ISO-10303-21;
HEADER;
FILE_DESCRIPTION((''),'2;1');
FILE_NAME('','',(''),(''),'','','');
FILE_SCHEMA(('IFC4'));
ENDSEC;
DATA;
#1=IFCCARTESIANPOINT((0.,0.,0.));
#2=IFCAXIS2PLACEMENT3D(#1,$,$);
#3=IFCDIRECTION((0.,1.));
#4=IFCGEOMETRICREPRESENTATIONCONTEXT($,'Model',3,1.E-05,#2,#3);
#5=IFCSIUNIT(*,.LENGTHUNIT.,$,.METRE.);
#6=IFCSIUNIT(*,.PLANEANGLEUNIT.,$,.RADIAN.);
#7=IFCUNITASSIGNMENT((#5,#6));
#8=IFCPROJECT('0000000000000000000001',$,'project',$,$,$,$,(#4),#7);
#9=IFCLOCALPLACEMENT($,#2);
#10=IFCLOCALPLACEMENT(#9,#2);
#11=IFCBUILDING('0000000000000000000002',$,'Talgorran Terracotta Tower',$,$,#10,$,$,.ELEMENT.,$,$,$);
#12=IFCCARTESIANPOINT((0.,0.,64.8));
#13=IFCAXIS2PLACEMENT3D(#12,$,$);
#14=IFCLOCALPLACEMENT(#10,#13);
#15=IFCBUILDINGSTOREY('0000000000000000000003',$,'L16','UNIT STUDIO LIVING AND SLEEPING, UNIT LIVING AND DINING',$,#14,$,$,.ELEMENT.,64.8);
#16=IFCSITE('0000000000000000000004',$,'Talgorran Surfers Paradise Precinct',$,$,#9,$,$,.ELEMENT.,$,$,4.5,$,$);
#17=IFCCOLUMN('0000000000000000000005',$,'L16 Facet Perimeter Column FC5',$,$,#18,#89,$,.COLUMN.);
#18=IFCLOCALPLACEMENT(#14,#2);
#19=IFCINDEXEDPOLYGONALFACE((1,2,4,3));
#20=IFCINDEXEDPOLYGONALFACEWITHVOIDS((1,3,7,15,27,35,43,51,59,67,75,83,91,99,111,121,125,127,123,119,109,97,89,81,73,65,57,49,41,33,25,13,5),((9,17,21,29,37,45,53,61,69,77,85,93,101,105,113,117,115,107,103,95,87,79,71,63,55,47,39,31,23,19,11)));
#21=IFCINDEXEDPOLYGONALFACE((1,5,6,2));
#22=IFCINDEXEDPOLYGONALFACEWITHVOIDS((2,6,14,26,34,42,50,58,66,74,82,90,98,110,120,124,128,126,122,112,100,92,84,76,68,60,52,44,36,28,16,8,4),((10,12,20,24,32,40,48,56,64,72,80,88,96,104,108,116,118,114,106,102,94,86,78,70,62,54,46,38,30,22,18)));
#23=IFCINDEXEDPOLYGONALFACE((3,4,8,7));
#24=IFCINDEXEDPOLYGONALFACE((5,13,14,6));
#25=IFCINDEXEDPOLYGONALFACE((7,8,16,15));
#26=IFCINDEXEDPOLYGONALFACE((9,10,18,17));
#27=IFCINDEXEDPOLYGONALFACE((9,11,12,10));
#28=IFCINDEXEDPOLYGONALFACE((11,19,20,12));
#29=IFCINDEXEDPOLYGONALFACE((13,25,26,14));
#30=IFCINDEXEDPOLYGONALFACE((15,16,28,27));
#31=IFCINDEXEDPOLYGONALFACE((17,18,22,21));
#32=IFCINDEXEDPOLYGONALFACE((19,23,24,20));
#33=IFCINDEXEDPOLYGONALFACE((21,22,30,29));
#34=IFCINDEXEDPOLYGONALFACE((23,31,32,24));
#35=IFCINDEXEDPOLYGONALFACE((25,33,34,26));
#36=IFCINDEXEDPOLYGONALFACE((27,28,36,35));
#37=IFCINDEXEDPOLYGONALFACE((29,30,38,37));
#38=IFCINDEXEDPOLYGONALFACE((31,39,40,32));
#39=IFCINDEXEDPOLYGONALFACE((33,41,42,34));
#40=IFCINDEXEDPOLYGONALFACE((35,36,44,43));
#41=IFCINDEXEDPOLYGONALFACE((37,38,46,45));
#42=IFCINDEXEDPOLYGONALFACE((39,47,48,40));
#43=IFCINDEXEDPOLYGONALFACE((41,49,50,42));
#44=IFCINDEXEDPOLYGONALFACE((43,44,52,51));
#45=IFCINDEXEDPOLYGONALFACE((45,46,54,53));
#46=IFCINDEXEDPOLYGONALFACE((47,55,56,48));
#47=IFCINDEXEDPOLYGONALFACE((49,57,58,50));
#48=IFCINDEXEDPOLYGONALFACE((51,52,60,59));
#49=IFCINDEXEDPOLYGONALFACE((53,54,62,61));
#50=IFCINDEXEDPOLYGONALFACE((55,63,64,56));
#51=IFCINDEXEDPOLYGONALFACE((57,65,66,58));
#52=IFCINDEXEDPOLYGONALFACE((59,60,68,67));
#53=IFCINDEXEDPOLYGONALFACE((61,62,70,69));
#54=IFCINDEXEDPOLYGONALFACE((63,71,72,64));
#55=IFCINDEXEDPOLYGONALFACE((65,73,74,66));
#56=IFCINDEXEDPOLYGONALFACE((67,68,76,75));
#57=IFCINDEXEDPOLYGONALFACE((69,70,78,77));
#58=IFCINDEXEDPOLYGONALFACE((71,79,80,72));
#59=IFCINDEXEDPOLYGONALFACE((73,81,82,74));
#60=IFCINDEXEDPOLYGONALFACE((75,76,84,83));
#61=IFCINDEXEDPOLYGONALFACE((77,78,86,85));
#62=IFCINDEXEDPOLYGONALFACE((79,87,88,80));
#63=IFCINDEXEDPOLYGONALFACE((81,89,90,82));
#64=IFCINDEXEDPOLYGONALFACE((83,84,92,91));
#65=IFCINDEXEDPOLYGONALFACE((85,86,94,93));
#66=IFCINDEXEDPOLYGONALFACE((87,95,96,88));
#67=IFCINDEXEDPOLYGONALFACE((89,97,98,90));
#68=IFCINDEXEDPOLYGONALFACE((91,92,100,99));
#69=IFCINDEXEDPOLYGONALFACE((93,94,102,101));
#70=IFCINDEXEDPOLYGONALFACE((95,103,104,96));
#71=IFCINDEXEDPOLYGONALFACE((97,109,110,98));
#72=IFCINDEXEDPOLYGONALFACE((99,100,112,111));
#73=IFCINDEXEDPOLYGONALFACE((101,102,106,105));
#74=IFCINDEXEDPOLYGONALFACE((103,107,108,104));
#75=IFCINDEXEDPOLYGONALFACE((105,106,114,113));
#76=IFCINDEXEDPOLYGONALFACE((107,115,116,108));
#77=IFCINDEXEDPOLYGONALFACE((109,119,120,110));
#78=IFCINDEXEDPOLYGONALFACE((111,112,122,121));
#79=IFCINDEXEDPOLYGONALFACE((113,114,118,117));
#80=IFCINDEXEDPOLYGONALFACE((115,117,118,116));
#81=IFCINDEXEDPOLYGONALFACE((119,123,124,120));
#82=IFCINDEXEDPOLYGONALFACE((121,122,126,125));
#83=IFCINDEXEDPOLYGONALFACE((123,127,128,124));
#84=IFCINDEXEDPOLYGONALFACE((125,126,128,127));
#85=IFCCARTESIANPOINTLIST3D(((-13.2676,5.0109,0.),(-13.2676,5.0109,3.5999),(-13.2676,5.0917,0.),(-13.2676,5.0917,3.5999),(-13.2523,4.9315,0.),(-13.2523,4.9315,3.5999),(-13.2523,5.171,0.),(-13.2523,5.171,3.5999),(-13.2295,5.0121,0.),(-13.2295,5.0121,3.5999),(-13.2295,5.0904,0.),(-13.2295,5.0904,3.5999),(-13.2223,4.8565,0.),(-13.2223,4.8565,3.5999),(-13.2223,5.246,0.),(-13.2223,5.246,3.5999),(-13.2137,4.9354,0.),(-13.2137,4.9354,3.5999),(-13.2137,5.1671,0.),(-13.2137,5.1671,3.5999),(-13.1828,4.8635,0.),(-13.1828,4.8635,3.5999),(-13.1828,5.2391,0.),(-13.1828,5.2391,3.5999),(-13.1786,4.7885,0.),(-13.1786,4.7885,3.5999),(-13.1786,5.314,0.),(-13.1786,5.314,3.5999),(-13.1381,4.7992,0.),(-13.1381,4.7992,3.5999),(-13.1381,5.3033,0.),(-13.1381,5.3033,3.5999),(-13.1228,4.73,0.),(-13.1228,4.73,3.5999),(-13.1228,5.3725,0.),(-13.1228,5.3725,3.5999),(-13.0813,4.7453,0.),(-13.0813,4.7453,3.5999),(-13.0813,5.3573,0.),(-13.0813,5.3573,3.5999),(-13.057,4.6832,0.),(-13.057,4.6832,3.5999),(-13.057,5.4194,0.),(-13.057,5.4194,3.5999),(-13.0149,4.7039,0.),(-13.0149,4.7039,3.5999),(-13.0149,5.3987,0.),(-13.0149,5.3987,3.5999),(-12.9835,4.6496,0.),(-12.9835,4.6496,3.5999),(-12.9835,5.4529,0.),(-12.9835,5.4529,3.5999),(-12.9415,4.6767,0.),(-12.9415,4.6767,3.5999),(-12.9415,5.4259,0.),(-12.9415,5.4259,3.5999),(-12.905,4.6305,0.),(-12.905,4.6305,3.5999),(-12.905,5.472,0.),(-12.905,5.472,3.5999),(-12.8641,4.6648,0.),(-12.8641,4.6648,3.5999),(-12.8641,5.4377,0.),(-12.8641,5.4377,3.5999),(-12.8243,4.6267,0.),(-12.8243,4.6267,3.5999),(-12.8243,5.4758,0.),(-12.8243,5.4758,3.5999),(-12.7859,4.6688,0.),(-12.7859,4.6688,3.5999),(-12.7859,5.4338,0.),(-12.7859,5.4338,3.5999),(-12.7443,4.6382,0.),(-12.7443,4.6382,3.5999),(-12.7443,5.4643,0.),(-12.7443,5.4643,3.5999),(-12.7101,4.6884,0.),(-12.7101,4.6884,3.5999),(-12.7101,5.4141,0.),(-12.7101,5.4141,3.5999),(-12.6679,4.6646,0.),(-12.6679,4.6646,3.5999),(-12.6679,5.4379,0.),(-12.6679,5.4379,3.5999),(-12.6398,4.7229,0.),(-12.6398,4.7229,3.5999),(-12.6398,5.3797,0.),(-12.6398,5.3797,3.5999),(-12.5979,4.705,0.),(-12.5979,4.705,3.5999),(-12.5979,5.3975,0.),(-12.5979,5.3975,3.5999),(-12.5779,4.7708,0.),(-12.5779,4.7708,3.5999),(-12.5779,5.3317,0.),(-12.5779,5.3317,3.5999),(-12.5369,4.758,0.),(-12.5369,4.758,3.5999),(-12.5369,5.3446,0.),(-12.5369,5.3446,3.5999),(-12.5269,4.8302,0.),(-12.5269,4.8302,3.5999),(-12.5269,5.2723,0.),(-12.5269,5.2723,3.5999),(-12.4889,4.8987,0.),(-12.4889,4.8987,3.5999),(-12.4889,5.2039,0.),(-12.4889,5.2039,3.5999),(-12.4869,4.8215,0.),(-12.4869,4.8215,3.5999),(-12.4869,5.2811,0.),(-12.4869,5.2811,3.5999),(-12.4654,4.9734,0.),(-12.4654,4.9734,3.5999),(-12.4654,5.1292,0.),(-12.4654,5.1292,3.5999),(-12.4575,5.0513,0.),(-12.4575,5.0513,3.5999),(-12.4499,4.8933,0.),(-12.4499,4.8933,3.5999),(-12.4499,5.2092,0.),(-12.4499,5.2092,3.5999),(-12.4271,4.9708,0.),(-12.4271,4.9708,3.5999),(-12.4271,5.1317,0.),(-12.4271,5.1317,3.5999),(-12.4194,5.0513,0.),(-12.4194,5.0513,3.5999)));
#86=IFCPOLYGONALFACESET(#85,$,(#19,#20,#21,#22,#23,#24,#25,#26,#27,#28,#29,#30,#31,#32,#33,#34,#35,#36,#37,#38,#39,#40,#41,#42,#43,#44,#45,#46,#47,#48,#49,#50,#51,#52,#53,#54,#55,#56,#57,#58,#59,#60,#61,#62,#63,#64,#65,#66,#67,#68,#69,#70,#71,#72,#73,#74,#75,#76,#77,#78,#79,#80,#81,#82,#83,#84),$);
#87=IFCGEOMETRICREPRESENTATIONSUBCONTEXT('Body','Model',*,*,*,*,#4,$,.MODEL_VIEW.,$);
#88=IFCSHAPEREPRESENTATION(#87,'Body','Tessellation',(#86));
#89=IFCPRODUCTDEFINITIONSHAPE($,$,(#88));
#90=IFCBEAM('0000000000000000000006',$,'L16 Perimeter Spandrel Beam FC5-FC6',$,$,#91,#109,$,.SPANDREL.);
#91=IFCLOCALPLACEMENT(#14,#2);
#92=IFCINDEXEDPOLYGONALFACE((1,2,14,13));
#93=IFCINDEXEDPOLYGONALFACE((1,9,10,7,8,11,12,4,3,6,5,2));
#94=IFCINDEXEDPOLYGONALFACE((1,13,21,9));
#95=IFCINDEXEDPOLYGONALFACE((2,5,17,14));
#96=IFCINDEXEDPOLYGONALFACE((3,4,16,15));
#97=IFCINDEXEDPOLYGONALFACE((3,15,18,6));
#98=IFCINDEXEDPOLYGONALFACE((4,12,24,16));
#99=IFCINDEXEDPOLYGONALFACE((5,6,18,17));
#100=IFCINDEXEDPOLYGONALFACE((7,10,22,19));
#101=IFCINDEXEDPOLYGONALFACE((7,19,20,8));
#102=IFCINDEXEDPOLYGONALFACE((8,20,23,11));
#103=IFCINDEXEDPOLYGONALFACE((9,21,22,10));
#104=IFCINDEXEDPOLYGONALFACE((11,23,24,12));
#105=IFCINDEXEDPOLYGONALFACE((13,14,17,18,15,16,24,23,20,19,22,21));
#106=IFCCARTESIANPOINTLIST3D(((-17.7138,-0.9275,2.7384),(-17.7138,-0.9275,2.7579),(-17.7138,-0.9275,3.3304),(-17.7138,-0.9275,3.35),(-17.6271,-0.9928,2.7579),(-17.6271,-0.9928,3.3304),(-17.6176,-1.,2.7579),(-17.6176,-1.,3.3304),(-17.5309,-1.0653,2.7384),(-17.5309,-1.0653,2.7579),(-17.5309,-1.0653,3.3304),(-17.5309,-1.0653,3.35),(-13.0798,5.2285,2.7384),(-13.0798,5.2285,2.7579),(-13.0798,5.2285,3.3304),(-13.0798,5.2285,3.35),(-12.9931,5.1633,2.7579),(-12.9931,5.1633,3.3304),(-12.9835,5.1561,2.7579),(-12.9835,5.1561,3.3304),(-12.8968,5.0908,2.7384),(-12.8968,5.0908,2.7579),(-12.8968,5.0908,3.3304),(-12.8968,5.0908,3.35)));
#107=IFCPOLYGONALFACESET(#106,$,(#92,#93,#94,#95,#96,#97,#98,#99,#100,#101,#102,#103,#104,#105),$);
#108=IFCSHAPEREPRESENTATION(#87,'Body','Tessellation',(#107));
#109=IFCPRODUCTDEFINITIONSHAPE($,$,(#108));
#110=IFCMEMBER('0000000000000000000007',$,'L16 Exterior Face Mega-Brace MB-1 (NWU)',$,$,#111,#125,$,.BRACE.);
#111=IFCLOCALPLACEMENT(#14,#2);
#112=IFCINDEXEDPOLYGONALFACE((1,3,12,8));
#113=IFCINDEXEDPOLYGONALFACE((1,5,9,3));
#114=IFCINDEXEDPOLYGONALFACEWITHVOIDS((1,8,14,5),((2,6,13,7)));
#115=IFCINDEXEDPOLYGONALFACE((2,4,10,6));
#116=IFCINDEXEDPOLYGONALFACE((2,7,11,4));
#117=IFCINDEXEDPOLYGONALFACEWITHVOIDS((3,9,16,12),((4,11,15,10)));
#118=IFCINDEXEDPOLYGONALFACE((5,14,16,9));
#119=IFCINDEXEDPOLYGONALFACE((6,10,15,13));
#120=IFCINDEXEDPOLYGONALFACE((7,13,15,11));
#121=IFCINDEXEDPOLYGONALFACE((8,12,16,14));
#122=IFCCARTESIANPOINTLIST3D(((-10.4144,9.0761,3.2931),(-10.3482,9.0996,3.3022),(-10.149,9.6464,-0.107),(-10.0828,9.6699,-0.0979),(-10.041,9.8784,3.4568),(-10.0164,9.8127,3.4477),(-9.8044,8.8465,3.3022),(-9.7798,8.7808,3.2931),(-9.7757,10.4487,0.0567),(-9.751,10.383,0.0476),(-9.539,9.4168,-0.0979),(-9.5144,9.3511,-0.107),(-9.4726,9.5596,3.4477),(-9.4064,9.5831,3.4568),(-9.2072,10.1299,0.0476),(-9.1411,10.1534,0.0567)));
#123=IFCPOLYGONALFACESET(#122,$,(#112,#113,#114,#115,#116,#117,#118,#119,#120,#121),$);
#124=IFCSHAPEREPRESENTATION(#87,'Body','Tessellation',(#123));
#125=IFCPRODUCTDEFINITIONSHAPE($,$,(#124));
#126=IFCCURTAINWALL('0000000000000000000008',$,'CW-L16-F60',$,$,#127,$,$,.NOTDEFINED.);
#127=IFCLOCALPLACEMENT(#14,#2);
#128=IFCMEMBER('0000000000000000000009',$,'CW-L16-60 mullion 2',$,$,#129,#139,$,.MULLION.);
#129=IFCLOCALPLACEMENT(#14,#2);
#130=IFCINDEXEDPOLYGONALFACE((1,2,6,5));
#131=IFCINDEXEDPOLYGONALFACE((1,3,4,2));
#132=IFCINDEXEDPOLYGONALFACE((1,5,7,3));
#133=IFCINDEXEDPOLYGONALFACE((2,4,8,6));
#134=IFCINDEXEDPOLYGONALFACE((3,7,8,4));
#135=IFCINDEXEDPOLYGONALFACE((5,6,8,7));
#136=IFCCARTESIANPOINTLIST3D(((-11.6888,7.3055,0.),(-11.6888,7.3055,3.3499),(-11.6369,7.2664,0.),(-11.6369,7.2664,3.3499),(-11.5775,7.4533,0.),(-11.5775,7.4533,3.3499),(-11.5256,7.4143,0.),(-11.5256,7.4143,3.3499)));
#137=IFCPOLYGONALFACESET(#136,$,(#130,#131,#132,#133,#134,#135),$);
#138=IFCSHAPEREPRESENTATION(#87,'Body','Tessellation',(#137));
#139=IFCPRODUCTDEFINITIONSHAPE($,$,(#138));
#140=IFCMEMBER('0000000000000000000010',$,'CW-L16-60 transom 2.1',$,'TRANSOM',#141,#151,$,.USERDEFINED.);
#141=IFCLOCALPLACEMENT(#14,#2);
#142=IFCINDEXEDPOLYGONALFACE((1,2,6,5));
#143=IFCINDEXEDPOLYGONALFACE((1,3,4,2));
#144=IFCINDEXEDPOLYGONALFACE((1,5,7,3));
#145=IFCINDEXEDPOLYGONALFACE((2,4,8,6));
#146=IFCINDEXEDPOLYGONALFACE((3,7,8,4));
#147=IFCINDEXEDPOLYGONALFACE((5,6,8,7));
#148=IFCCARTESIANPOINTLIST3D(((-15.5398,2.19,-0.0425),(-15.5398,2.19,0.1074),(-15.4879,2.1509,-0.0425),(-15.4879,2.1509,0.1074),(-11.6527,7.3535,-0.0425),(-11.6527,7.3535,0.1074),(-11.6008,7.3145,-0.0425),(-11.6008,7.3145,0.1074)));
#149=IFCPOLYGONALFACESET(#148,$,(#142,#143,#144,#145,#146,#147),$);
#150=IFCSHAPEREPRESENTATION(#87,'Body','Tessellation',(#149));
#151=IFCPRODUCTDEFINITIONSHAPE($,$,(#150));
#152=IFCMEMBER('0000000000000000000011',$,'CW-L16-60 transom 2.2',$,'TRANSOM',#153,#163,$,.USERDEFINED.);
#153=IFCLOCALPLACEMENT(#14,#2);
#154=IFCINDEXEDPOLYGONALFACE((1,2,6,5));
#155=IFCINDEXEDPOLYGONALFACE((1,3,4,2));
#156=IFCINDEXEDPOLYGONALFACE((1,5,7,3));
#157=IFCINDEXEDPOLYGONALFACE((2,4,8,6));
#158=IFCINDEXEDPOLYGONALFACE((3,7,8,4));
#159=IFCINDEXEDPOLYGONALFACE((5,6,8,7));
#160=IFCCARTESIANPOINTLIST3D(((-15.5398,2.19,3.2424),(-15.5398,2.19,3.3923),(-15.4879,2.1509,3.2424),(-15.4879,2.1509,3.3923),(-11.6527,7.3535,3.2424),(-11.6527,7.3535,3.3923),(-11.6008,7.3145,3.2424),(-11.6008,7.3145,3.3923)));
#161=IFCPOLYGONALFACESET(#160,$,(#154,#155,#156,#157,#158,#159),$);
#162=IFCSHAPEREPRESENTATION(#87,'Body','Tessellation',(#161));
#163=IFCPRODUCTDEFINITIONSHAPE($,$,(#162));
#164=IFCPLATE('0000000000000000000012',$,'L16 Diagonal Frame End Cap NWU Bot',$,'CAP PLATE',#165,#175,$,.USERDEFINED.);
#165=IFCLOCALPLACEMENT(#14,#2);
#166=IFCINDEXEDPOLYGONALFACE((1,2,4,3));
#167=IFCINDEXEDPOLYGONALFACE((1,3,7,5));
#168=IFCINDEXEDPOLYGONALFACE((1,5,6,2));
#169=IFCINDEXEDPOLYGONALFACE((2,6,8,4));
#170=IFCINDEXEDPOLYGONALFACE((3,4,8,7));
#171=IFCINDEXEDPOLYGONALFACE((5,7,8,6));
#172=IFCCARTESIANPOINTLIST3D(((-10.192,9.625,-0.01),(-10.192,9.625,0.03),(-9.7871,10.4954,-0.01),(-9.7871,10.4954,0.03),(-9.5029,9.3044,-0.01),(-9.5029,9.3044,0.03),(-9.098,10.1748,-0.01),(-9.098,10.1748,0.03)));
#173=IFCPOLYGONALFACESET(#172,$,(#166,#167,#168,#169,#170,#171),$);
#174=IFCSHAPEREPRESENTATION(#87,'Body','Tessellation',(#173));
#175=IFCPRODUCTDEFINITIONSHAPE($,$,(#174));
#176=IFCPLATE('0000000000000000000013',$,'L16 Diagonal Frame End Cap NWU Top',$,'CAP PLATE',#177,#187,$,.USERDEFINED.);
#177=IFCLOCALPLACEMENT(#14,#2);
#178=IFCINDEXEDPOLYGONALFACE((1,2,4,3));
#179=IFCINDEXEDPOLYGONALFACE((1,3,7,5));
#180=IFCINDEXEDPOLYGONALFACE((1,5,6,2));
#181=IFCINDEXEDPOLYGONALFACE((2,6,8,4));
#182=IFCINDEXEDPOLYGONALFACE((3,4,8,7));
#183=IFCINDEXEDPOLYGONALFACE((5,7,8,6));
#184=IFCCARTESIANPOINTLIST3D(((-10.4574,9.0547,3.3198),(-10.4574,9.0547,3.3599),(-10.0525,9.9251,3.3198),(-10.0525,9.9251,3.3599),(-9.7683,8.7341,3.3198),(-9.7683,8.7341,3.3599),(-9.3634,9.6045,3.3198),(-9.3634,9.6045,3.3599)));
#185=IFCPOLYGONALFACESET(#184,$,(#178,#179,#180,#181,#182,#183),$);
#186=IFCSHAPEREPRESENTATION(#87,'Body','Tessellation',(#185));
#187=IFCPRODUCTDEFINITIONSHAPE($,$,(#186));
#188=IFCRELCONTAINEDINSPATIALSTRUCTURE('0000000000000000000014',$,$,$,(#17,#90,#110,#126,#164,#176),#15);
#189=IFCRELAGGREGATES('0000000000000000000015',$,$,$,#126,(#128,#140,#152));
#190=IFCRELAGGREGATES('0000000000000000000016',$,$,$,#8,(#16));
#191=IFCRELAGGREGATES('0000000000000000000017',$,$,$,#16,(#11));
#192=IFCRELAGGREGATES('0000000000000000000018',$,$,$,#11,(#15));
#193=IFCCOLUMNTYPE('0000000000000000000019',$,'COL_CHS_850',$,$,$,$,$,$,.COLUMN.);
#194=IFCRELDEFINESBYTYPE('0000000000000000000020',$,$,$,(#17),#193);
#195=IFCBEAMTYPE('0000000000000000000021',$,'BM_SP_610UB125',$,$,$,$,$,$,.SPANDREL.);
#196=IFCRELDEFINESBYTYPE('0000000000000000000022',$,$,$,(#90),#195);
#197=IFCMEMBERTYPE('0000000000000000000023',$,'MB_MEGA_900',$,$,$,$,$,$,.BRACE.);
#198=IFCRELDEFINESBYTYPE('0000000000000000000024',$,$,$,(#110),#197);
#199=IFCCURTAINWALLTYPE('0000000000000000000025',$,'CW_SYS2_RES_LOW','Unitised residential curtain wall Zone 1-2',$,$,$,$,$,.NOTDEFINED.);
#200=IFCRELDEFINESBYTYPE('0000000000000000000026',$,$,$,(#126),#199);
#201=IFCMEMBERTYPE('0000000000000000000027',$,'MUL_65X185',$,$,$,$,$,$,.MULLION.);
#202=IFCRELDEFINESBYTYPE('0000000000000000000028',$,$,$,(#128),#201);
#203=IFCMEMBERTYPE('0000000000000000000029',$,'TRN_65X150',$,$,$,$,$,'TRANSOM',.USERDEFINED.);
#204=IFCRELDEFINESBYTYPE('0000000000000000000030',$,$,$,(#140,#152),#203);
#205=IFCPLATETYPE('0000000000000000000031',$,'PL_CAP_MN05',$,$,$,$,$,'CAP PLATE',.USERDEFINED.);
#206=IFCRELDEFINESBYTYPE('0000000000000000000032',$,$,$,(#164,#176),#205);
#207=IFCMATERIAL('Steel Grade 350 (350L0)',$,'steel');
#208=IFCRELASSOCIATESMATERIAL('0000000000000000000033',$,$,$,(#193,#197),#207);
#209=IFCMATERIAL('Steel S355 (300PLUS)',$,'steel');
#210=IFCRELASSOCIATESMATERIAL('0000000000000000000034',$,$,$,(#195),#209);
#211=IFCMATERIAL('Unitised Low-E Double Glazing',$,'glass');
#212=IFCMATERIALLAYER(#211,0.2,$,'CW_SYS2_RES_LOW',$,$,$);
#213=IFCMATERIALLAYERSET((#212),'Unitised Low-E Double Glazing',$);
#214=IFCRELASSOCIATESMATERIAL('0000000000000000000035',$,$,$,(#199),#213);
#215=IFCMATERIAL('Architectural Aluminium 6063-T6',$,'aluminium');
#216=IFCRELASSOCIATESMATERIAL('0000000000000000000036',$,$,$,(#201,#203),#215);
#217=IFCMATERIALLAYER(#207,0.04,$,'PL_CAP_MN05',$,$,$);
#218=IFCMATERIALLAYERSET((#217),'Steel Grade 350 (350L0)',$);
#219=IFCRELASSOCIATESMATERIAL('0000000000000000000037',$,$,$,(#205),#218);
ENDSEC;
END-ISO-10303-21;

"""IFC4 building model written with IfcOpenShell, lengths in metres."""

from ifc_helpers import new_model, si_unit, direction, frame, origin, origin_2d, place, context, subcontext, project, spatial, rectangle, hollow_rectangle, hollow_circle, i_section, extrude, material, layer, layer_set, material_profile, profile_set, type_object, element, aggregate, save


model = new_model("IFC4")

# Units and contexts
model_context = context("Model", 3, precision=1e-05, world=origin(), true_north=direction((0.0, 1.0)))
body_context = subcontext(model_context, "Body", "Model", "MODEL_VIEW")
ifc_project = project(units=[si_unit("LENGTHUNIT", "METRE"), si_unit("PLANEANGLEUNIT", "RADIAN")], contexts=[model_context])

# Site, building, storey
site_placement = place(None, origin())
site = spatial("IfcSite", under=ifc_project, at=site_placement, Name="Talgorran Surfers Paradise Precinct", CompositionType="ELEMENT", RefElevation=4.5)
building_placement = place(site_placement, origin())
building = spatial("IfcBuilding", under=site, at=building_placement, Name="Talgorran Terracotta Tower", CompositionType="ELEMENT")
storey_placement = place(building_placement, frame((0.0, 0.0, 64.8)))
storey = spatial("IfcBuildingStorey", under=building, at=storey_placement, Name="L16", Description="UNIT STUDIO LIVING AND SLEEPING, UNIT LIVING AND DINING", CompositionType="ELEMENT", Elevation=64.8)

# Column
ifc_material_1 = material(Name="Steel Grade 350 (350L0)", Category="steel")
ifc_material_profile_1 = material_profile(ifc_material_1, hollow_circle(Radius=0.425, WallThickness=0.0381, at=origin_2d()), Name="CHS850X38")
ifc_profile_set_1 = profile_set([ifc_material_profile_1], Name="Steel Grade 350 (350L0)")
column_type = type_object("IfcColumnType", Name="COL_CHS_850", PredefinedType="COLUMN", material=ifc_profile_set_1)
column_placement = place(storey_placement, frame((-12.8445, 5.0513, 0.0), z_axis=(0.0, 0.0, 1.0), x_axis=(1.0, 0.0, 0.0)))
element("IfcColumn", 1, at=column_placement, inside=storey, type_object=column_type, Name="L16 Facet Perimeter Column FC5", PredefinedType="COLUMN", context=body_context, shape_type="SweptSolid", body=[
    extrude(hollow_circle(Radius=0.425, WallThickness=0.0381, at=origin_2d()), origin(), (0.0, 0.0, 1.0), 3.5999),
])

# Beam
ifc_material_2 = material(Name="Steel S355 (300PLUS)", Category="steel")
ifc_material_profile_2 = material_profile(ifc_material_2, i_section(OverallWidth=0.229, OverallDepth=0.6116, WebThickness=0.012, FlangeThickness=0.0195, at=origin_2d()), Name="610UB125")
ifc_profile_set_2 = profile_set([ifc_material_profile_2], Name="Steel S355 (300PLUS)")
beam_type = type_object("IfcBeamType", Name="BM_SP_610UB125", PredefinedType="SPANDREL", material=ifc_profile_set_2)
beam_placement = place(storey_placement, frame((-12.9883, 5.1597, 3.0442), z_axis=(-0.601413, -0.798938, 0.0), x_axis=(0.798938, -0.601413, 0.0)))
element("IfcBeam", 2, at=beam_placement, inside=storey, type_object=beam_type, Name="L16 Perimeter Spandrel Beam FC5-FC6", PredefinedType="SPANDREL", context=body_context, shape_type="SweptSolid", body=[
    extrude(i_section(OverallWidth=0.229, OverallDepth=0.6116, WebThickness=0.012, FlangeThickness=0.0195, at=origin_2d()), origin(), (0.0, 0.0, 1.0), 7.7053),
])

# Member
ifc_material_profile_3 = material_profile(ifc_material_1, hollow_rectangle(XDim=0.7, YDim=0.8999, WallThickness=0.05, at=origin_2d()), Name="WBOX900X700X50")
ifc_profile_set_3 = profile_set([ifc_material_profile_3], Name="Steel Grade 350 (350L0)")
member_type_1 = type_object("IfcMemberType", Name="MB_MEGA_900", PredefinedType="BRACE", material=ifc_profile_set_3)
member_1_placement = place(storey_placement, frame((-9.645, 9.8999, -0.0251), z_axis=(-0.076748, -0.164933, 0.983314), x_axis=(0.906649, -0.421887, 0.0)))
element("IfcMember", 3, at=member_1_placement, inside=storey, type_object=member_type_1, Name="L16 Exterior Face Mega-Brace MB-1 (NWU)", PredefinedType="BRACE", context=body_context, shape_type="SweptSolid", body=[
    extrude(hollow_rectangle(XDim=0.7, YDim=0.8999, WallThickness=0.05, at=origin_2d()), origin(), (0.0, 0.0, 1.0), 3.4578),
])

# Curtain wall, members
ifc_material_3 = material(Name="Unitised Low-E Double Glazing", Category="glass")
ifc_layer_1 = layer(ifc_material_3, 0.2, Name="CW_SYS2_RES_LOW")
ifc_layer_set_1 = layer_set([ifc_layer_1], Name="Unitised Low-E Double Glazing")
curtain_wall_type = type_object("IfcCurtainWallType", Name="CW_SYS2_RES_LOW", Description="Unitised residential curtain wall Zone 1-2", PredefinedType="NOTDEFINED", material=ifc_layer_set_1)
curtain_wall_placement = place(storey_placement, origin())
curtain_wall = element("IfcCurtainWall", 4, at=curtain_wall_placement, inside=storey, type_object=curtain_wall_type, Name="CW-L16-F60", PredefinedType="NOTDEFINED")
ifc_material_4 = material(Name="Architectural Aluminium 6063-T6", Category="aluminium")
ifc_material_profile_4 = material_profile(ifc_material_4, rectangle(XDim=0.0649, YDim=0.1851, at=origin_2d()), Name="CWM65X185")
ifc_profile_set_4 = profile_set([ifc_material_profile_4], Name="Architectural Aluminium 6063-T6")
member_type_2 = type_object("IfcMemberType", Name="MUL_65X185", PredefinedType="MULLION", material=ifc_profile_set_4)
member_2_placement = place(storey_placement, frame((-11.6072, 7.3599, 0.0), z_axis=(0.0, 0.0, 1.0), x_axis=(0.798919, -0.601439, 0.0)))
member_2 = element("IfcMember", 5, at=member_2_placement, type_object=member_type_2, Name="CW-L16-60 mullion 2", PredefinedType="MULLION", context=body_context, shape_type="SweptSolid", body=[
    extrude(rectangle(XDim=0.0649, YDim=0.1851, at=origin_2d()), origin(), (0.0, 0.0, 1.0), 3.3499),
])
ifc_material_profile_5 = material_profile(ifc_material_4, rectangle(XDim=0.0649, YDim=0.1499, at=origin_2d()), Name="CWT65X150")
ifc_profile_set_5 = profile_set([ifc_material_profile_5], Name="Architectural Aluminium 6063-T6")
member_type_3 = type_object("IfcMemberType", Name="TRN_65X150", ElementType="TRANSOM", PredefinedType="USERDEFINED", material=ifc_profile_set_5)
member_3_placement = place(storey_placement, frame((-11.6267, 7.334, 0.0325), z_axis=(-0.601437, -0.79892, 0.0), x_axis=(0.79892, -0.601437, 0.0)))
member_3 = element("IfcMember", 6, at=member_3_placement, type_object=member_type_3, Name="CW-L16-60 transom 2.1", ObjectType="TRANSOM", PredefinedType="USERDEFINED", context=body_context, shape_type="SweptSolid", body=[
    extrude(rectangle(XDim=0.0649, YDim=0.1499, at=origin_2d()), origin(), (0.0, 0.0, 1.0), 6.4631),
])
member_4_placement = place(storey_placement, frame((-11.6267, 7.334, 3.3174), z_axis=(-0.601437, -0.79892, 0.0), x_axis=(0.79892, -0.601437, 0.0)))
member_4 = element("IfcMember", 7, at=member_4_placement, type_object=member_type_3, Name="CW-L16-60 transom 2.2", ObjectType="TRANSOM", PredefinedType="USERDEFINED", context=body_context, shape_type="SweptSolid", body=[
    extrude(rectangle(XDim=0.0649, YDim=0.1499, at=origin_2d()), origin(), (0.0, 0.0, 1.0), 6.4631),
])

# Plates
ifc_layer_2 = layer(ifc_material_1, 0.04, Name="PL_CAP_MN05")
ifc_layer_set_2 = layer_set([ifc_layer_2], Name="Steel Grade 350 (350L0)")
plate_type_1 = type_object("IfcPlateType", Name="PL_CAP_MN05", ElementType="CAP PLATE", PredefinedType="USERDEFINED", material=ifc_layer_set_2)
for number, where, z_axis, x_axis, name in (
    (8, (-9.645, 9.8999, -0.01), (0.0, 0.0, 1.0), (-0.421827, -0.906676, 0.0), "L16 Diagonal Frame End Cap NWU Bot"),
    (9, (-9.9104, 9.3296, 3.3198), (0.0, 0.0, 1.0), (-0.421827, -0.906676, 0.0), "L16 Diagonal Frame End Cap NWU Top"),
):
    element("IfcPlate", number, at=place(storey_placement, frame(where, z_axis=z_axis, x_axis=x_axis)), inside=storey, type_object=plate_type_1, Name=name, ObjectType="CAP PLATE", PredefinedType="USERDEFINED", context=body_context, shape_type="SweptSolid", body=[
        extrude(rectangle(XDim=0.96, YDim=0.76, at=origin_2d()), origin(), (0.0, 0.0, 1.0), 0.04),
    ])

aggregate(curtain_wall, [member_2, member_3, member_4])

save(model, "model.ifc")
